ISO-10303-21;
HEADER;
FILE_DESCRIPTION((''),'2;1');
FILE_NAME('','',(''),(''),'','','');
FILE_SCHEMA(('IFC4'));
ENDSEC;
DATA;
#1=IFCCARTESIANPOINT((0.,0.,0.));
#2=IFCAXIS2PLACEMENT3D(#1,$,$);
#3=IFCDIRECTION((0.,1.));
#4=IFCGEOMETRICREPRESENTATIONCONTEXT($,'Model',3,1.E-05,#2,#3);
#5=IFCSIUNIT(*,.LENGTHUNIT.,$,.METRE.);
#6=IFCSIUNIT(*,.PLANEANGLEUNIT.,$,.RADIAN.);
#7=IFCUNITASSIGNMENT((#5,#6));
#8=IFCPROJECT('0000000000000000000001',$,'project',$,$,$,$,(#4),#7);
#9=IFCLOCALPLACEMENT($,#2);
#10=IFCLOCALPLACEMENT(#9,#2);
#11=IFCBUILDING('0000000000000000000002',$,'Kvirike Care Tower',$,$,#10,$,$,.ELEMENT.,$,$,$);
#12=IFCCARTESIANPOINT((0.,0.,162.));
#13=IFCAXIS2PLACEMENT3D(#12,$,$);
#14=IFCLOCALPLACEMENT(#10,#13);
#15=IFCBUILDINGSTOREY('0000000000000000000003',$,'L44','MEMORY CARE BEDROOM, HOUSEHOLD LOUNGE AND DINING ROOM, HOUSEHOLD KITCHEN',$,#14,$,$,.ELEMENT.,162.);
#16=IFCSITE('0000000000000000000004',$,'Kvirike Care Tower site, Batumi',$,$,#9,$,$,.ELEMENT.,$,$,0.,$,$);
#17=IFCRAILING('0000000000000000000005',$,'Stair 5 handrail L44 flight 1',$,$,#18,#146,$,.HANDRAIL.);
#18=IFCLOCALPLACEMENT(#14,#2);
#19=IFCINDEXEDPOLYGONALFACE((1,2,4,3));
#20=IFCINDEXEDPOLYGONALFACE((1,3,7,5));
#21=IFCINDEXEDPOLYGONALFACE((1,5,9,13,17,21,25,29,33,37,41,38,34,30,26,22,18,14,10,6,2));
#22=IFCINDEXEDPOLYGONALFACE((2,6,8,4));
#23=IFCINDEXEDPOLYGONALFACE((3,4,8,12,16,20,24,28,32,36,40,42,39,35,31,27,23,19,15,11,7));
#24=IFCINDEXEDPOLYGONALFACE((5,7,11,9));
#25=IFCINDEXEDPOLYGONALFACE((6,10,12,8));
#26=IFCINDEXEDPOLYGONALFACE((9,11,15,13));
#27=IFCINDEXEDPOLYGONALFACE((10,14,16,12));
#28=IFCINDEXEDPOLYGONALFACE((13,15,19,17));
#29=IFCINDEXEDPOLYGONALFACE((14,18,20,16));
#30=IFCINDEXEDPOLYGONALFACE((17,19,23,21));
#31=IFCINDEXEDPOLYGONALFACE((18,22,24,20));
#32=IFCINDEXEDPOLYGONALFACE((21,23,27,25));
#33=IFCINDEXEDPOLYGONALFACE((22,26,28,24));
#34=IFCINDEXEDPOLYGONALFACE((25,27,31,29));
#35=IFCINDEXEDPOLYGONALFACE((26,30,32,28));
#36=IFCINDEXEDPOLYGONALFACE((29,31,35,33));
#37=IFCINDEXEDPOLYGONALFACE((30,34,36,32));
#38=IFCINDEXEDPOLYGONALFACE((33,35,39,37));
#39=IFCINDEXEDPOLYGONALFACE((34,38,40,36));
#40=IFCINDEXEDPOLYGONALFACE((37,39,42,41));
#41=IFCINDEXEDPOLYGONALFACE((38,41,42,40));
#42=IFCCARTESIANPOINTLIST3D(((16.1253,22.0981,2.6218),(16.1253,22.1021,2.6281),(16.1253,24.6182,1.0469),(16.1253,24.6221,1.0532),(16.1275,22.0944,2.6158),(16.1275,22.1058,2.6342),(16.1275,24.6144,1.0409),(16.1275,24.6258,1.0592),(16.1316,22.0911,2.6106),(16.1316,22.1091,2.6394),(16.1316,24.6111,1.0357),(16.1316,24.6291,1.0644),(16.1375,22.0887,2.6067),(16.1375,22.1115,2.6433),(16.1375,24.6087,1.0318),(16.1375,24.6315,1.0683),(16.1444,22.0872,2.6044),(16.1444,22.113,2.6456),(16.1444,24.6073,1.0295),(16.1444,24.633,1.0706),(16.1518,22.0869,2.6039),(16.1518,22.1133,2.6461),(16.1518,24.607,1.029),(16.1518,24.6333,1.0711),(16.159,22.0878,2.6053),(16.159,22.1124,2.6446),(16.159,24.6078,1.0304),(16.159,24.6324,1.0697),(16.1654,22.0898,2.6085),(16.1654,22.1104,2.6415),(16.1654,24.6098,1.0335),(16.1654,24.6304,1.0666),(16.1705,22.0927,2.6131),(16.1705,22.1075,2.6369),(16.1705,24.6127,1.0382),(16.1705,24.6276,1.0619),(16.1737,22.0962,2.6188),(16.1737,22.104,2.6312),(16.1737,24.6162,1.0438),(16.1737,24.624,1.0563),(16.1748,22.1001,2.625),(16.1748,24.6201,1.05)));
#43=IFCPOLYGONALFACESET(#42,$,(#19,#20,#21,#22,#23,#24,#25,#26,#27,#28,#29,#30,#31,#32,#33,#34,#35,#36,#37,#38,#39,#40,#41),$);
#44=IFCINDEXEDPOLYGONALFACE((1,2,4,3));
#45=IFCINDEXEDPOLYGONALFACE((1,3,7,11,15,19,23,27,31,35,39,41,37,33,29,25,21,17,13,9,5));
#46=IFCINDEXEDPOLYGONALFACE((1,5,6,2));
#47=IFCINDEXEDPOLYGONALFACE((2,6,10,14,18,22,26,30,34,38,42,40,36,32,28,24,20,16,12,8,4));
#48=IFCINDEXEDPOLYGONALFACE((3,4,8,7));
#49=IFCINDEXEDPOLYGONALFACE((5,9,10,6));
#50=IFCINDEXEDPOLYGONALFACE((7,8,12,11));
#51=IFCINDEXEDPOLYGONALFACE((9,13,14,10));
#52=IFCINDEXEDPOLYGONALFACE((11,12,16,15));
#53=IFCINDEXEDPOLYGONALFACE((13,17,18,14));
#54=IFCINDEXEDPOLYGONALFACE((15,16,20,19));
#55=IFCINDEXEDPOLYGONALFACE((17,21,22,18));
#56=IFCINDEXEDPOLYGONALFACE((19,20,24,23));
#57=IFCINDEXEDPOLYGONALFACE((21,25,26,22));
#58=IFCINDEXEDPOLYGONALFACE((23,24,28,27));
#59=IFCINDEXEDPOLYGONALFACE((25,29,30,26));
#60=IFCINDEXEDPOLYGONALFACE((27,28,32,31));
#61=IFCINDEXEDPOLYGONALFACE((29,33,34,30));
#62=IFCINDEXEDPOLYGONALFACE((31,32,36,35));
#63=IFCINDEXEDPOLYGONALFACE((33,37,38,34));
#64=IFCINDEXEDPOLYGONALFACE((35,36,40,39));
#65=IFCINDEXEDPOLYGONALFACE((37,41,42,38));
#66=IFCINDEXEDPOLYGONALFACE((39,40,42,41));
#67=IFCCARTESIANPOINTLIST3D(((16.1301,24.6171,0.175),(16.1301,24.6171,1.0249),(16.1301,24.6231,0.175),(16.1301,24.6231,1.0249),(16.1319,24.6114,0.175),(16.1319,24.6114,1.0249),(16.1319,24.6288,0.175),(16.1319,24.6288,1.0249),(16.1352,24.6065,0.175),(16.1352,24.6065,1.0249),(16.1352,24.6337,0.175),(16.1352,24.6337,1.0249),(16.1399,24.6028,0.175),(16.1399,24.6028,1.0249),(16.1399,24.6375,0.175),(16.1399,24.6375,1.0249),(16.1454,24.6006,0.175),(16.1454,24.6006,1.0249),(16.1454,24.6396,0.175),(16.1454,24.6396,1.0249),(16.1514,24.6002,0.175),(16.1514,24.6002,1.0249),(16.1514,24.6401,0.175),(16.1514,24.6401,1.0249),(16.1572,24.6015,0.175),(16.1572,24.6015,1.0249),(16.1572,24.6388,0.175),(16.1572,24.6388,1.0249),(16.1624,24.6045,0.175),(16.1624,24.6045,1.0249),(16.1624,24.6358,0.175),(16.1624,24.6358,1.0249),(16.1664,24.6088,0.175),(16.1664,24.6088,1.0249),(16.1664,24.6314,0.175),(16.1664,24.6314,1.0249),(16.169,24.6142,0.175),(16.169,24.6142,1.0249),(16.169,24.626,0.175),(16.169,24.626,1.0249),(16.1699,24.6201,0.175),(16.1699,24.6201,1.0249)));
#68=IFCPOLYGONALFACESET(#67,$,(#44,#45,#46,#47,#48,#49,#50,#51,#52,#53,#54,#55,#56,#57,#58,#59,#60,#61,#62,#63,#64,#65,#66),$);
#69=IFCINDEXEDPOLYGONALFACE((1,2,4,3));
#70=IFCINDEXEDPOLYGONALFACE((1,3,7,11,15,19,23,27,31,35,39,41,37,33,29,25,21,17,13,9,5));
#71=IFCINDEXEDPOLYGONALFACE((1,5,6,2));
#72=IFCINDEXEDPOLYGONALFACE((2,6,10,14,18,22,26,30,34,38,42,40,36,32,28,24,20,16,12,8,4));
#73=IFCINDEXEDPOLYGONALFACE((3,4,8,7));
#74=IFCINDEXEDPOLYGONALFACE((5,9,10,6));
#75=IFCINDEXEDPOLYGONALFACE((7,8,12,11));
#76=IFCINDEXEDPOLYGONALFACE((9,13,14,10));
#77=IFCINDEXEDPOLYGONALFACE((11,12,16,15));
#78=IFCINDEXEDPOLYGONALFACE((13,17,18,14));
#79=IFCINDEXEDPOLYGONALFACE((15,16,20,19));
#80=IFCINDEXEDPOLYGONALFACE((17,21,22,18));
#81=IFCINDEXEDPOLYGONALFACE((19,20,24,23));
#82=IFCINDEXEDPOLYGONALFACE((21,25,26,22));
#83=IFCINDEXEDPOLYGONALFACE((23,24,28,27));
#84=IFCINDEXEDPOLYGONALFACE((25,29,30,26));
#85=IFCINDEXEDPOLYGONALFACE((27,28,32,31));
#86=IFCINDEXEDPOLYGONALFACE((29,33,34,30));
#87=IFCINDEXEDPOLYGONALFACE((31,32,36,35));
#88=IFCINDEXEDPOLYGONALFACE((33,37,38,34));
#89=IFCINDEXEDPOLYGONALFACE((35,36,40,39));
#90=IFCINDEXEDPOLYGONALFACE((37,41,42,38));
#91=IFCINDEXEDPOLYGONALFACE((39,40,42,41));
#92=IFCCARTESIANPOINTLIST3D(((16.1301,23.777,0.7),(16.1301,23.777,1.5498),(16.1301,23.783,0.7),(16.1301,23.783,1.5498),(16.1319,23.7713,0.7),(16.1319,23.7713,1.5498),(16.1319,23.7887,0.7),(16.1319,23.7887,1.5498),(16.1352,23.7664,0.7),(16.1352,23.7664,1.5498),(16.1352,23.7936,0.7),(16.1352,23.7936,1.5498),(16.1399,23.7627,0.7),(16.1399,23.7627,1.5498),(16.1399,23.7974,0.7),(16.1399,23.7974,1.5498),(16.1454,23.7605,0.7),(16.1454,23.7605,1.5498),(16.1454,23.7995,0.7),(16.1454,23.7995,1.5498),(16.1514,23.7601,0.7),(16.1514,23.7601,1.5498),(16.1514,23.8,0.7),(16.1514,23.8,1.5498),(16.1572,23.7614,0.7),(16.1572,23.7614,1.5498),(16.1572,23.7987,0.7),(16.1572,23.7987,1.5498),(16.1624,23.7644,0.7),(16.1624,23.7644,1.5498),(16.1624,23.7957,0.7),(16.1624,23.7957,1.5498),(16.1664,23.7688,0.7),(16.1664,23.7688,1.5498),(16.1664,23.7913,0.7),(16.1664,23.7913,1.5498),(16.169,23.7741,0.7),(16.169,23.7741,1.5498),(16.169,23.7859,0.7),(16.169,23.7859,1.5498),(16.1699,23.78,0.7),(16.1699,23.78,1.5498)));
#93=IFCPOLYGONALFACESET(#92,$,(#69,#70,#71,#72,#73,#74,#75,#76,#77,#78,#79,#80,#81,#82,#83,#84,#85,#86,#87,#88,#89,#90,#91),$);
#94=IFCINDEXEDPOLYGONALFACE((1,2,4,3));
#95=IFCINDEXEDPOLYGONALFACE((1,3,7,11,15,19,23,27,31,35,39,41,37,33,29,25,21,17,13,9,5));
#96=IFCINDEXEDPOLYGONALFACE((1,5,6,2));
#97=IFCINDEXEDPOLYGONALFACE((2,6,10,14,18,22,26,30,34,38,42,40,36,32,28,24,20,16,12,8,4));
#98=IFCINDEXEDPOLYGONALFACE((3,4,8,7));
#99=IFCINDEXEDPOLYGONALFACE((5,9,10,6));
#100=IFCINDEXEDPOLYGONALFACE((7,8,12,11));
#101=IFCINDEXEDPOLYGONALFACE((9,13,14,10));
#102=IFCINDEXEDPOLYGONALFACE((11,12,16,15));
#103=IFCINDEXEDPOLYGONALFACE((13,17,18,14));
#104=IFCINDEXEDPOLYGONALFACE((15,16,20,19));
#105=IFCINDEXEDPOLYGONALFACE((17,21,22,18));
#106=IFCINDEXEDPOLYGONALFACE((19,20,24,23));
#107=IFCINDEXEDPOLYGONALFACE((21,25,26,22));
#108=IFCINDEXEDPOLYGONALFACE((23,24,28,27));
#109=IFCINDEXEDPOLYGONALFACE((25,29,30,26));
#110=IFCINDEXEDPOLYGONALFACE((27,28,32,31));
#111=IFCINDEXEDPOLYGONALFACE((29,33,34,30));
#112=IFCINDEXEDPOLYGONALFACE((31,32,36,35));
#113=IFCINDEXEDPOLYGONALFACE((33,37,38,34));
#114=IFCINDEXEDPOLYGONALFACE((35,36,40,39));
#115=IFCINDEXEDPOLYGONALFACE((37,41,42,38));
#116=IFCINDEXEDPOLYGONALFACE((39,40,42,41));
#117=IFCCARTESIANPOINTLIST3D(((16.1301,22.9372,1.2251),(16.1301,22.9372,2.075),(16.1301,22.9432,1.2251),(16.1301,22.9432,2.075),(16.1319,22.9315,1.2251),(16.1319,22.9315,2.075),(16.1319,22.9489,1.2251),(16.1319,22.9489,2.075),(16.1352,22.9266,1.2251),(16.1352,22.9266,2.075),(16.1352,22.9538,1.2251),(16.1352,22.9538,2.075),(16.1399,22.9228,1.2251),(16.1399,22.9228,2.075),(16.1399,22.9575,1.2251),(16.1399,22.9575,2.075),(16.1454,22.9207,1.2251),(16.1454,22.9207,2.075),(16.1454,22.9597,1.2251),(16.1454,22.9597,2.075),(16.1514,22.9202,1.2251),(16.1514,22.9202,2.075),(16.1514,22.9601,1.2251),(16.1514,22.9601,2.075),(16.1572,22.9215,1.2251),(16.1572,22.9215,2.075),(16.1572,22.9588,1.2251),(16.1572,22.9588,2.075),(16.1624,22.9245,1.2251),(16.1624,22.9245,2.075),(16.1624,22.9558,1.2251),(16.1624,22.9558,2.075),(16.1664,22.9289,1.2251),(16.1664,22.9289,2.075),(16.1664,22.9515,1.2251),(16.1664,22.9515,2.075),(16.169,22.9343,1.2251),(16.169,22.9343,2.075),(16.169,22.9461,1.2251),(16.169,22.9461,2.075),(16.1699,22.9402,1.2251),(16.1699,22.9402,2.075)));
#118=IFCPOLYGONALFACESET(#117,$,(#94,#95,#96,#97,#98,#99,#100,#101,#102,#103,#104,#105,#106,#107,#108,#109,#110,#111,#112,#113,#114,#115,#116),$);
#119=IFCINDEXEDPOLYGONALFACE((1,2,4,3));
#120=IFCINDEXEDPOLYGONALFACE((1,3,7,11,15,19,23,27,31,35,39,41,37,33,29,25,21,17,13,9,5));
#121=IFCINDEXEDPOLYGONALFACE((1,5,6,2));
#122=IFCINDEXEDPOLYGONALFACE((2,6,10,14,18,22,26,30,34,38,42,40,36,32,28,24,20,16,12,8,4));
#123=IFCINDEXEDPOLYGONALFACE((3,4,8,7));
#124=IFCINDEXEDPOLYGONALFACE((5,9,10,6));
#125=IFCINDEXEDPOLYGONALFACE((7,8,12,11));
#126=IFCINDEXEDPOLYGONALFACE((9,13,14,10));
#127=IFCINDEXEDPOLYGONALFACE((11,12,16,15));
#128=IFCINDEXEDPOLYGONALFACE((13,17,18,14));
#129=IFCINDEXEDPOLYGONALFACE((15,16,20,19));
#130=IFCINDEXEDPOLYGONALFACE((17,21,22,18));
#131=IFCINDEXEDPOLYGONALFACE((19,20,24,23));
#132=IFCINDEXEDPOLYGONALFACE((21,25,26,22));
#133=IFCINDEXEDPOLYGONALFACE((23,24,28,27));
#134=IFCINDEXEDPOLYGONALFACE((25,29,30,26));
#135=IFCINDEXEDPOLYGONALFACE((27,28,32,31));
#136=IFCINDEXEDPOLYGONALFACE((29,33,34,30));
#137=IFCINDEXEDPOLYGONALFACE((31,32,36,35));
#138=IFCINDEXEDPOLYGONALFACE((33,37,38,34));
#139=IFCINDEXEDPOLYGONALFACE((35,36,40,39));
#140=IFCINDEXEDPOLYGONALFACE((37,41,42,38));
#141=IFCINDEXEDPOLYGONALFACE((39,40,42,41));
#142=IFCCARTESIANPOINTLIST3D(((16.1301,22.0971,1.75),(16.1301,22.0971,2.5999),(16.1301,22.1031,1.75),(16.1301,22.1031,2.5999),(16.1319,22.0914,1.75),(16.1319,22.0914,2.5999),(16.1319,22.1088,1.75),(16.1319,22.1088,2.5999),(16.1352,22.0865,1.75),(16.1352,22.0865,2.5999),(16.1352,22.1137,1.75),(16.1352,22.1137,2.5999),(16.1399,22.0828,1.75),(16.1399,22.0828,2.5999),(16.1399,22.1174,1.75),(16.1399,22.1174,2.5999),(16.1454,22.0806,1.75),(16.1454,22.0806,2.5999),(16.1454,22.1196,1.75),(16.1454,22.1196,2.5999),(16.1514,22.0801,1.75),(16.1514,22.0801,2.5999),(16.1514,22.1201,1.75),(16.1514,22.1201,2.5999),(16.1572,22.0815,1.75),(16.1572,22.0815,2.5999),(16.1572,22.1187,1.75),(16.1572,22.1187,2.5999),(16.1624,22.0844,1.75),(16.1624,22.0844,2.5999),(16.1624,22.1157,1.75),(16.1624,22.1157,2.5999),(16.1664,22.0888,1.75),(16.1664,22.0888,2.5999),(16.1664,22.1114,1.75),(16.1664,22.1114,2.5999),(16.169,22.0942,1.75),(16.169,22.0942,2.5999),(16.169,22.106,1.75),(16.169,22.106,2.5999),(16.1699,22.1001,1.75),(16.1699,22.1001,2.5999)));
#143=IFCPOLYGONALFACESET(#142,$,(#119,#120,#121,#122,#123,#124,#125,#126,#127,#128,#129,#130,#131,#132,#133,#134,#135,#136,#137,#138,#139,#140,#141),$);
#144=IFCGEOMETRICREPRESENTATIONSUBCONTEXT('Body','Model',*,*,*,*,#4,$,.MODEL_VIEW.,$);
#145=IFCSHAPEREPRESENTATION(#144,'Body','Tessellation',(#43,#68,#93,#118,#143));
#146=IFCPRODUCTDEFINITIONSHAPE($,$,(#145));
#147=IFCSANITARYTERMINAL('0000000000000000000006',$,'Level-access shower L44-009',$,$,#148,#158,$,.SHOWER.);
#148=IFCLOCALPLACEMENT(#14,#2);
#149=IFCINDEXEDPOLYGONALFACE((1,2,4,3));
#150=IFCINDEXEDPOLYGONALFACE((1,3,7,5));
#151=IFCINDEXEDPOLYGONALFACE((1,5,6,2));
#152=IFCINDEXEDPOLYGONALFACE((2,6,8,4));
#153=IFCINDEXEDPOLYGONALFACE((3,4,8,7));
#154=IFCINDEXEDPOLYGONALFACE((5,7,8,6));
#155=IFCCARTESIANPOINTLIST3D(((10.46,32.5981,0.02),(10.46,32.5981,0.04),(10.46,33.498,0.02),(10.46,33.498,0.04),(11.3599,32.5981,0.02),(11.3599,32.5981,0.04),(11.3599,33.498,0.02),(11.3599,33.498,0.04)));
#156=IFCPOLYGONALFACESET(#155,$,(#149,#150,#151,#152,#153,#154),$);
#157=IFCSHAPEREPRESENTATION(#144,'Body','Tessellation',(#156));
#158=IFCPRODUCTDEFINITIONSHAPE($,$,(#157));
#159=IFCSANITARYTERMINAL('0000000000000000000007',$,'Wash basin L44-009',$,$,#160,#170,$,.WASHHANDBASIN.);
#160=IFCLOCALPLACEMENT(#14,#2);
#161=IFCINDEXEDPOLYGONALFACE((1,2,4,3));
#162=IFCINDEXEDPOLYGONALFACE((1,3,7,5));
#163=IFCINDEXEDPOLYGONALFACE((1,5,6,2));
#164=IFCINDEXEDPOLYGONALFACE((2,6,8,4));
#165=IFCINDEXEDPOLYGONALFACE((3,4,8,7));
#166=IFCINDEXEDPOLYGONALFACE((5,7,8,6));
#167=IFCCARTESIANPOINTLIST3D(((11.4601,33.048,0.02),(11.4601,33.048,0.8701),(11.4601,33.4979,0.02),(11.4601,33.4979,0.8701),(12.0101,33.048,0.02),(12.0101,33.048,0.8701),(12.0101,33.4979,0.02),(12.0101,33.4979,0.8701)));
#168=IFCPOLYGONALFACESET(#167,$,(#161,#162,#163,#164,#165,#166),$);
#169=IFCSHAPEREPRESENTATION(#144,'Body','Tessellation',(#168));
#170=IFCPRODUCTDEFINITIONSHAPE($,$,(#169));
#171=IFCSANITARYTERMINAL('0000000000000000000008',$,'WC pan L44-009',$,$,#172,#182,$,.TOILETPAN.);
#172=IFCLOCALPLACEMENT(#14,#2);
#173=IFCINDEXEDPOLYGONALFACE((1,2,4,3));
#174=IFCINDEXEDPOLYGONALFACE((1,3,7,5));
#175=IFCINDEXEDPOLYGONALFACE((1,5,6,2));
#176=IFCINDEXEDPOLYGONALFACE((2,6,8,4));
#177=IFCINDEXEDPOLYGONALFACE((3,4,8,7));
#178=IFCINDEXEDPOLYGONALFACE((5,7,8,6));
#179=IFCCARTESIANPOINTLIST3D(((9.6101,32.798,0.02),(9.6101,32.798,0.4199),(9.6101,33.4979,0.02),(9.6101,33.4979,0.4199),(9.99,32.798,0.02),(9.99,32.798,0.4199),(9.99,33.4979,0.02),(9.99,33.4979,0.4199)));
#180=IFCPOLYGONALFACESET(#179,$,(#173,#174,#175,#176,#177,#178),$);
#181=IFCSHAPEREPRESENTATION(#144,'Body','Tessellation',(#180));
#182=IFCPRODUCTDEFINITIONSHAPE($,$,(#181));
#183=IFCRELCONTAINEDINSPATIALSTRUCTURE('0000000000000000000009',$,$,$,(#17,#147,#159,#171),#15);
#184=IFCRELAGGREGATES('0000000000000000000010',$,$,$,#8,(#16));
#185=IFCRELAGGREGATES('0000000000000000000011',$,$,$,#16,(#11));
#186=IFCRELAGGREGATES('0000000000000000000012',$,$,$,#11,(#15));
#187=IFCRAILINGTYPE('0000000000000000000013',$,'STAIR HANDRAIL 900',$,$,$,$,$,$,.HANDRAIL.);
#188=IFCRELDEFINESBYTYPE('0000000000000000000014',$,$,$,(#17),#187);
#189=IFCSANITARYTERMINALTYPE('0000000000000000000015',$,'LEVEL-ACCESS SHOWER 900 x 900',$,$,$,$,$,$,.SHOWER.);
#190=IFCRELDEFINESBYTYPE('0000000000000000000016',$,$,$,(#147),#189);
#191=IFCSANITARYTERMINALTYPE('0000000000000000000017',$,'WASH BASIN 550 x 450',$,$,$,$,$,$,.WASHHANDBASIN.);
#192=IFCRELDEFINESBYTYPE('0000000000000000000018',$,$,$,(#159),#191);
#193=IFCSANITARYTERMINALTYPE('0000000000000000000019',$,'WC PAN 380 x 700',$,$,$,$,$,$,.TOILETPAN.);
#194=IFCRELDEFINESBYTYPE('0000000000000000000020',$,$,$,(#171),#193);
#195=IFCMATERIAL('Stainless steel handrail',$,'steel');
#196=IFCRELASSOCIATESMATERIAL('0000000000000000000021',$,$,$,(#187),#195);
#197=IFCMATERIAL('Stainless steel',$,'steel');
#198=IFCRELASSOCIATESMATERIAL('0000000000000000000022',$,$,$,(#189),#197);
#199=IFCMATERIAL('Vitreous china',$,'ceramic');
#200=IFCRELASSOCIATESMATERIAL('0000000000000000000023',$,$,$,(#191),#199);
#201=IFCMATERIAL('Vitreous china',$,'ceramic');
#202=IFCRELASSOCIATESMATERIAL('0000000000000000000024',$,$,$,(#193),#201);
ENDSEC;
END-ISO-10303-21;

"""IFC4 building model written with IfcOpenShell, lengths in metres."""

from ifc_helpers import new_model, si_unit, direction, frame, origin, origin_2d, place, context, subcontext, project, spatial, rectangle, circle, extrude, material, type_object, element, save


model = new_model("IFC4")

# Units and contexts
model_context = context("Model", 3, precision=1e-05, world=origin(), true_north=direction((0.0, 1.0)))
body_context = subcontext(model_context, "Body", "Model", "MODEL_VIEW")
ifc_project = project(units=[si_unit("LENGTHUNIT", "METRE"), si_unit("PLANEANGLEUNIT", "RADIAN")], contexts=[model_context])

# Site, building, storey
site_placement = place(None, origin())
site = spatial("IfcSite", under=ifc_project, at=site_placement, Name="Kvirike Care Tower site, Batumi", CompositionType="ELEMENT", RefElevation=0.0)
building_placement = place(site_placement, origin())
building = spatial("IfcBuilding", under=site, at=building_placement, Name="Kvirike Care Tower", CompositionType="ELEMENT")
storey_placement = place(building_placement, frame((0.0, 0.0, 162.0)))
storey = spatial("IfcBuildingStorey", under=building, at=storey_placement, Name="L44", Description="MEMORY CARE BEDROOM, HOUSEHOLD LOUNGE AND DINING ROOM, HOUSEHOLD KITCHEN", CompositionType="ELEMENT", Elevation=162.0)

# Railing
ifc_material_1 = material(Name="Stainless steel handrail", Category="steel")
railing_type = type_object("IfcRailingType", Name="STAIR HANDRAIL 900", PredefinedType="HANDRAIL", material=ifc_material_1)
railing_placement = place(storey_placement, frame((16.1499, 24.6201, 0.175)))
element("IfcRailing", 1, at=railing_placement, inside=storey, type_object=railing_type, Name="Stair 5 handrail L44 flight 1", PredefinedType="HANDRAIL", context=body_context, shape_type="SweptSolid", body=[
    extrude(circle(Radius=0.0249, at=origin_2d()), frame((0.0, 0.0, 0.875), z_axis=(0.0, -0.848008, 0.529984), x_axis=(1.0, 0.0, 0.0)), (0.0, 0.0, 1.0), 2.9717),
    extrude(circle(Radius=0.02, at=origin_2d()), origin(), (0.0, 0.0, 1.0), 0.8499),
    extrude(circle(Radius=0.02, at=origin_2d()), frame((0.0, -0.8401, 0.5249)), (0.0, 0.0, 1.0), 0.8499),
    extrude(circle(Radius=0.02, at=origin_2d()), frame((0.0, -1.6799, 1.05)), (0.0, 0.0, 1.0), 0.8499),
    extrude(circle(Radius=0.02, at=origin_2d()), frame((0.0, -2.52, 1.575)), (0.0, 0.0, 1.0), 0.8499),
])

# Sanitary terminals
ifc_material_2 = material(Name="Stainless steel", Category="steel")
sanitary_terminal_type_1 = type_object("IfcSanitaryTerminalType", Name="LEVEL-ACCESS SHOWER 900 x 900", PredefinedType="SHOWER", material=ifc_material_2)
sanitary_terminal_1_placement = place(storey_placement, frame((10.9099, 33.0481, 0.02), z_axis=(0.0, 0.0, 1.0), x_axis=(1.0, 0.0, 0.0)))
element("IfcSanitaryTerminal", 2, at=sanitary_terminal_1_placement, inside=storey, type_object=sanitary_terminal_type_1, Name="Level-access shower L44-009", PredefinedType="SHOWER", context=body_context, shape_type="SweptSolid", body=[
    extrude(rectangle(XDim=0.8999, YDim=0.8999, at=origin_2d()), origin(), (0.0, 0.0, 1.0), 0.02),
])
ifc_material_3 = material(Name="Vitreous china", Category="ceramic")
sanitary_terminal_type_2 = type_object("IfcSanitaryTerminalType", Name="WASH BASIN 550 x 450", PredefinedType="WASHHANDBASIN", material=ifc_material_3)
sanitary_terminal_2_placement = place(storey_placement, frame((11.7351, 33.2729, 0.02), z_axis=(0.0, 0.0, 1.0), x_axis=(1.0, 0.0, 0.0)))
element("IfcSanitaryTerminal", 3, at=sanitary_terminal_2_placement, inside=storey, type_object=sanitary_terminal_type_2, Name="Wash basin L44-009", PredefinedType="WASHHANDBASIN", context=body_context, shape_type="SweptSolid", body=[
    extrude(rectangle(XDim=0.55, YDim=0.45, at=origin_2d()), origin(), (0.0, 0.0, 1.0), 0.8501),
])
ifc_material_4 = material(Name="Vitreous china", Category="ceramic")
sanitary_terminal_type_3 = type_object("IfcSanitaryTerminalType", Name="WC PAN 380 x 700", PredefinedType="TOILETPAN", material=ifc_material_4)
sanitary_terminal_3_placement = place(storey_placement, frame((9.8, 33.1479, 0.02), z_axis=(0.0, 0.0, 1.0), x_axis=(1.0, 0.0, 0.0)))
element("IfcSanitaryTerminal", 4, at=sanitary_terminal_3_placement, inside=storey, type_object=sanitary_terminal_type_3, Name="WC pan L44-009", PredefinedType="TOILETPAN", context=body_context, shape_type="SweptSolid", body=[
    extrude(rectangle(XDim=0.3799, YDim=0.7, at=origin_2d()), origin(), (0.0, 0.0, 1.0), 0.3999),
])

save(model, "model.ifc")
